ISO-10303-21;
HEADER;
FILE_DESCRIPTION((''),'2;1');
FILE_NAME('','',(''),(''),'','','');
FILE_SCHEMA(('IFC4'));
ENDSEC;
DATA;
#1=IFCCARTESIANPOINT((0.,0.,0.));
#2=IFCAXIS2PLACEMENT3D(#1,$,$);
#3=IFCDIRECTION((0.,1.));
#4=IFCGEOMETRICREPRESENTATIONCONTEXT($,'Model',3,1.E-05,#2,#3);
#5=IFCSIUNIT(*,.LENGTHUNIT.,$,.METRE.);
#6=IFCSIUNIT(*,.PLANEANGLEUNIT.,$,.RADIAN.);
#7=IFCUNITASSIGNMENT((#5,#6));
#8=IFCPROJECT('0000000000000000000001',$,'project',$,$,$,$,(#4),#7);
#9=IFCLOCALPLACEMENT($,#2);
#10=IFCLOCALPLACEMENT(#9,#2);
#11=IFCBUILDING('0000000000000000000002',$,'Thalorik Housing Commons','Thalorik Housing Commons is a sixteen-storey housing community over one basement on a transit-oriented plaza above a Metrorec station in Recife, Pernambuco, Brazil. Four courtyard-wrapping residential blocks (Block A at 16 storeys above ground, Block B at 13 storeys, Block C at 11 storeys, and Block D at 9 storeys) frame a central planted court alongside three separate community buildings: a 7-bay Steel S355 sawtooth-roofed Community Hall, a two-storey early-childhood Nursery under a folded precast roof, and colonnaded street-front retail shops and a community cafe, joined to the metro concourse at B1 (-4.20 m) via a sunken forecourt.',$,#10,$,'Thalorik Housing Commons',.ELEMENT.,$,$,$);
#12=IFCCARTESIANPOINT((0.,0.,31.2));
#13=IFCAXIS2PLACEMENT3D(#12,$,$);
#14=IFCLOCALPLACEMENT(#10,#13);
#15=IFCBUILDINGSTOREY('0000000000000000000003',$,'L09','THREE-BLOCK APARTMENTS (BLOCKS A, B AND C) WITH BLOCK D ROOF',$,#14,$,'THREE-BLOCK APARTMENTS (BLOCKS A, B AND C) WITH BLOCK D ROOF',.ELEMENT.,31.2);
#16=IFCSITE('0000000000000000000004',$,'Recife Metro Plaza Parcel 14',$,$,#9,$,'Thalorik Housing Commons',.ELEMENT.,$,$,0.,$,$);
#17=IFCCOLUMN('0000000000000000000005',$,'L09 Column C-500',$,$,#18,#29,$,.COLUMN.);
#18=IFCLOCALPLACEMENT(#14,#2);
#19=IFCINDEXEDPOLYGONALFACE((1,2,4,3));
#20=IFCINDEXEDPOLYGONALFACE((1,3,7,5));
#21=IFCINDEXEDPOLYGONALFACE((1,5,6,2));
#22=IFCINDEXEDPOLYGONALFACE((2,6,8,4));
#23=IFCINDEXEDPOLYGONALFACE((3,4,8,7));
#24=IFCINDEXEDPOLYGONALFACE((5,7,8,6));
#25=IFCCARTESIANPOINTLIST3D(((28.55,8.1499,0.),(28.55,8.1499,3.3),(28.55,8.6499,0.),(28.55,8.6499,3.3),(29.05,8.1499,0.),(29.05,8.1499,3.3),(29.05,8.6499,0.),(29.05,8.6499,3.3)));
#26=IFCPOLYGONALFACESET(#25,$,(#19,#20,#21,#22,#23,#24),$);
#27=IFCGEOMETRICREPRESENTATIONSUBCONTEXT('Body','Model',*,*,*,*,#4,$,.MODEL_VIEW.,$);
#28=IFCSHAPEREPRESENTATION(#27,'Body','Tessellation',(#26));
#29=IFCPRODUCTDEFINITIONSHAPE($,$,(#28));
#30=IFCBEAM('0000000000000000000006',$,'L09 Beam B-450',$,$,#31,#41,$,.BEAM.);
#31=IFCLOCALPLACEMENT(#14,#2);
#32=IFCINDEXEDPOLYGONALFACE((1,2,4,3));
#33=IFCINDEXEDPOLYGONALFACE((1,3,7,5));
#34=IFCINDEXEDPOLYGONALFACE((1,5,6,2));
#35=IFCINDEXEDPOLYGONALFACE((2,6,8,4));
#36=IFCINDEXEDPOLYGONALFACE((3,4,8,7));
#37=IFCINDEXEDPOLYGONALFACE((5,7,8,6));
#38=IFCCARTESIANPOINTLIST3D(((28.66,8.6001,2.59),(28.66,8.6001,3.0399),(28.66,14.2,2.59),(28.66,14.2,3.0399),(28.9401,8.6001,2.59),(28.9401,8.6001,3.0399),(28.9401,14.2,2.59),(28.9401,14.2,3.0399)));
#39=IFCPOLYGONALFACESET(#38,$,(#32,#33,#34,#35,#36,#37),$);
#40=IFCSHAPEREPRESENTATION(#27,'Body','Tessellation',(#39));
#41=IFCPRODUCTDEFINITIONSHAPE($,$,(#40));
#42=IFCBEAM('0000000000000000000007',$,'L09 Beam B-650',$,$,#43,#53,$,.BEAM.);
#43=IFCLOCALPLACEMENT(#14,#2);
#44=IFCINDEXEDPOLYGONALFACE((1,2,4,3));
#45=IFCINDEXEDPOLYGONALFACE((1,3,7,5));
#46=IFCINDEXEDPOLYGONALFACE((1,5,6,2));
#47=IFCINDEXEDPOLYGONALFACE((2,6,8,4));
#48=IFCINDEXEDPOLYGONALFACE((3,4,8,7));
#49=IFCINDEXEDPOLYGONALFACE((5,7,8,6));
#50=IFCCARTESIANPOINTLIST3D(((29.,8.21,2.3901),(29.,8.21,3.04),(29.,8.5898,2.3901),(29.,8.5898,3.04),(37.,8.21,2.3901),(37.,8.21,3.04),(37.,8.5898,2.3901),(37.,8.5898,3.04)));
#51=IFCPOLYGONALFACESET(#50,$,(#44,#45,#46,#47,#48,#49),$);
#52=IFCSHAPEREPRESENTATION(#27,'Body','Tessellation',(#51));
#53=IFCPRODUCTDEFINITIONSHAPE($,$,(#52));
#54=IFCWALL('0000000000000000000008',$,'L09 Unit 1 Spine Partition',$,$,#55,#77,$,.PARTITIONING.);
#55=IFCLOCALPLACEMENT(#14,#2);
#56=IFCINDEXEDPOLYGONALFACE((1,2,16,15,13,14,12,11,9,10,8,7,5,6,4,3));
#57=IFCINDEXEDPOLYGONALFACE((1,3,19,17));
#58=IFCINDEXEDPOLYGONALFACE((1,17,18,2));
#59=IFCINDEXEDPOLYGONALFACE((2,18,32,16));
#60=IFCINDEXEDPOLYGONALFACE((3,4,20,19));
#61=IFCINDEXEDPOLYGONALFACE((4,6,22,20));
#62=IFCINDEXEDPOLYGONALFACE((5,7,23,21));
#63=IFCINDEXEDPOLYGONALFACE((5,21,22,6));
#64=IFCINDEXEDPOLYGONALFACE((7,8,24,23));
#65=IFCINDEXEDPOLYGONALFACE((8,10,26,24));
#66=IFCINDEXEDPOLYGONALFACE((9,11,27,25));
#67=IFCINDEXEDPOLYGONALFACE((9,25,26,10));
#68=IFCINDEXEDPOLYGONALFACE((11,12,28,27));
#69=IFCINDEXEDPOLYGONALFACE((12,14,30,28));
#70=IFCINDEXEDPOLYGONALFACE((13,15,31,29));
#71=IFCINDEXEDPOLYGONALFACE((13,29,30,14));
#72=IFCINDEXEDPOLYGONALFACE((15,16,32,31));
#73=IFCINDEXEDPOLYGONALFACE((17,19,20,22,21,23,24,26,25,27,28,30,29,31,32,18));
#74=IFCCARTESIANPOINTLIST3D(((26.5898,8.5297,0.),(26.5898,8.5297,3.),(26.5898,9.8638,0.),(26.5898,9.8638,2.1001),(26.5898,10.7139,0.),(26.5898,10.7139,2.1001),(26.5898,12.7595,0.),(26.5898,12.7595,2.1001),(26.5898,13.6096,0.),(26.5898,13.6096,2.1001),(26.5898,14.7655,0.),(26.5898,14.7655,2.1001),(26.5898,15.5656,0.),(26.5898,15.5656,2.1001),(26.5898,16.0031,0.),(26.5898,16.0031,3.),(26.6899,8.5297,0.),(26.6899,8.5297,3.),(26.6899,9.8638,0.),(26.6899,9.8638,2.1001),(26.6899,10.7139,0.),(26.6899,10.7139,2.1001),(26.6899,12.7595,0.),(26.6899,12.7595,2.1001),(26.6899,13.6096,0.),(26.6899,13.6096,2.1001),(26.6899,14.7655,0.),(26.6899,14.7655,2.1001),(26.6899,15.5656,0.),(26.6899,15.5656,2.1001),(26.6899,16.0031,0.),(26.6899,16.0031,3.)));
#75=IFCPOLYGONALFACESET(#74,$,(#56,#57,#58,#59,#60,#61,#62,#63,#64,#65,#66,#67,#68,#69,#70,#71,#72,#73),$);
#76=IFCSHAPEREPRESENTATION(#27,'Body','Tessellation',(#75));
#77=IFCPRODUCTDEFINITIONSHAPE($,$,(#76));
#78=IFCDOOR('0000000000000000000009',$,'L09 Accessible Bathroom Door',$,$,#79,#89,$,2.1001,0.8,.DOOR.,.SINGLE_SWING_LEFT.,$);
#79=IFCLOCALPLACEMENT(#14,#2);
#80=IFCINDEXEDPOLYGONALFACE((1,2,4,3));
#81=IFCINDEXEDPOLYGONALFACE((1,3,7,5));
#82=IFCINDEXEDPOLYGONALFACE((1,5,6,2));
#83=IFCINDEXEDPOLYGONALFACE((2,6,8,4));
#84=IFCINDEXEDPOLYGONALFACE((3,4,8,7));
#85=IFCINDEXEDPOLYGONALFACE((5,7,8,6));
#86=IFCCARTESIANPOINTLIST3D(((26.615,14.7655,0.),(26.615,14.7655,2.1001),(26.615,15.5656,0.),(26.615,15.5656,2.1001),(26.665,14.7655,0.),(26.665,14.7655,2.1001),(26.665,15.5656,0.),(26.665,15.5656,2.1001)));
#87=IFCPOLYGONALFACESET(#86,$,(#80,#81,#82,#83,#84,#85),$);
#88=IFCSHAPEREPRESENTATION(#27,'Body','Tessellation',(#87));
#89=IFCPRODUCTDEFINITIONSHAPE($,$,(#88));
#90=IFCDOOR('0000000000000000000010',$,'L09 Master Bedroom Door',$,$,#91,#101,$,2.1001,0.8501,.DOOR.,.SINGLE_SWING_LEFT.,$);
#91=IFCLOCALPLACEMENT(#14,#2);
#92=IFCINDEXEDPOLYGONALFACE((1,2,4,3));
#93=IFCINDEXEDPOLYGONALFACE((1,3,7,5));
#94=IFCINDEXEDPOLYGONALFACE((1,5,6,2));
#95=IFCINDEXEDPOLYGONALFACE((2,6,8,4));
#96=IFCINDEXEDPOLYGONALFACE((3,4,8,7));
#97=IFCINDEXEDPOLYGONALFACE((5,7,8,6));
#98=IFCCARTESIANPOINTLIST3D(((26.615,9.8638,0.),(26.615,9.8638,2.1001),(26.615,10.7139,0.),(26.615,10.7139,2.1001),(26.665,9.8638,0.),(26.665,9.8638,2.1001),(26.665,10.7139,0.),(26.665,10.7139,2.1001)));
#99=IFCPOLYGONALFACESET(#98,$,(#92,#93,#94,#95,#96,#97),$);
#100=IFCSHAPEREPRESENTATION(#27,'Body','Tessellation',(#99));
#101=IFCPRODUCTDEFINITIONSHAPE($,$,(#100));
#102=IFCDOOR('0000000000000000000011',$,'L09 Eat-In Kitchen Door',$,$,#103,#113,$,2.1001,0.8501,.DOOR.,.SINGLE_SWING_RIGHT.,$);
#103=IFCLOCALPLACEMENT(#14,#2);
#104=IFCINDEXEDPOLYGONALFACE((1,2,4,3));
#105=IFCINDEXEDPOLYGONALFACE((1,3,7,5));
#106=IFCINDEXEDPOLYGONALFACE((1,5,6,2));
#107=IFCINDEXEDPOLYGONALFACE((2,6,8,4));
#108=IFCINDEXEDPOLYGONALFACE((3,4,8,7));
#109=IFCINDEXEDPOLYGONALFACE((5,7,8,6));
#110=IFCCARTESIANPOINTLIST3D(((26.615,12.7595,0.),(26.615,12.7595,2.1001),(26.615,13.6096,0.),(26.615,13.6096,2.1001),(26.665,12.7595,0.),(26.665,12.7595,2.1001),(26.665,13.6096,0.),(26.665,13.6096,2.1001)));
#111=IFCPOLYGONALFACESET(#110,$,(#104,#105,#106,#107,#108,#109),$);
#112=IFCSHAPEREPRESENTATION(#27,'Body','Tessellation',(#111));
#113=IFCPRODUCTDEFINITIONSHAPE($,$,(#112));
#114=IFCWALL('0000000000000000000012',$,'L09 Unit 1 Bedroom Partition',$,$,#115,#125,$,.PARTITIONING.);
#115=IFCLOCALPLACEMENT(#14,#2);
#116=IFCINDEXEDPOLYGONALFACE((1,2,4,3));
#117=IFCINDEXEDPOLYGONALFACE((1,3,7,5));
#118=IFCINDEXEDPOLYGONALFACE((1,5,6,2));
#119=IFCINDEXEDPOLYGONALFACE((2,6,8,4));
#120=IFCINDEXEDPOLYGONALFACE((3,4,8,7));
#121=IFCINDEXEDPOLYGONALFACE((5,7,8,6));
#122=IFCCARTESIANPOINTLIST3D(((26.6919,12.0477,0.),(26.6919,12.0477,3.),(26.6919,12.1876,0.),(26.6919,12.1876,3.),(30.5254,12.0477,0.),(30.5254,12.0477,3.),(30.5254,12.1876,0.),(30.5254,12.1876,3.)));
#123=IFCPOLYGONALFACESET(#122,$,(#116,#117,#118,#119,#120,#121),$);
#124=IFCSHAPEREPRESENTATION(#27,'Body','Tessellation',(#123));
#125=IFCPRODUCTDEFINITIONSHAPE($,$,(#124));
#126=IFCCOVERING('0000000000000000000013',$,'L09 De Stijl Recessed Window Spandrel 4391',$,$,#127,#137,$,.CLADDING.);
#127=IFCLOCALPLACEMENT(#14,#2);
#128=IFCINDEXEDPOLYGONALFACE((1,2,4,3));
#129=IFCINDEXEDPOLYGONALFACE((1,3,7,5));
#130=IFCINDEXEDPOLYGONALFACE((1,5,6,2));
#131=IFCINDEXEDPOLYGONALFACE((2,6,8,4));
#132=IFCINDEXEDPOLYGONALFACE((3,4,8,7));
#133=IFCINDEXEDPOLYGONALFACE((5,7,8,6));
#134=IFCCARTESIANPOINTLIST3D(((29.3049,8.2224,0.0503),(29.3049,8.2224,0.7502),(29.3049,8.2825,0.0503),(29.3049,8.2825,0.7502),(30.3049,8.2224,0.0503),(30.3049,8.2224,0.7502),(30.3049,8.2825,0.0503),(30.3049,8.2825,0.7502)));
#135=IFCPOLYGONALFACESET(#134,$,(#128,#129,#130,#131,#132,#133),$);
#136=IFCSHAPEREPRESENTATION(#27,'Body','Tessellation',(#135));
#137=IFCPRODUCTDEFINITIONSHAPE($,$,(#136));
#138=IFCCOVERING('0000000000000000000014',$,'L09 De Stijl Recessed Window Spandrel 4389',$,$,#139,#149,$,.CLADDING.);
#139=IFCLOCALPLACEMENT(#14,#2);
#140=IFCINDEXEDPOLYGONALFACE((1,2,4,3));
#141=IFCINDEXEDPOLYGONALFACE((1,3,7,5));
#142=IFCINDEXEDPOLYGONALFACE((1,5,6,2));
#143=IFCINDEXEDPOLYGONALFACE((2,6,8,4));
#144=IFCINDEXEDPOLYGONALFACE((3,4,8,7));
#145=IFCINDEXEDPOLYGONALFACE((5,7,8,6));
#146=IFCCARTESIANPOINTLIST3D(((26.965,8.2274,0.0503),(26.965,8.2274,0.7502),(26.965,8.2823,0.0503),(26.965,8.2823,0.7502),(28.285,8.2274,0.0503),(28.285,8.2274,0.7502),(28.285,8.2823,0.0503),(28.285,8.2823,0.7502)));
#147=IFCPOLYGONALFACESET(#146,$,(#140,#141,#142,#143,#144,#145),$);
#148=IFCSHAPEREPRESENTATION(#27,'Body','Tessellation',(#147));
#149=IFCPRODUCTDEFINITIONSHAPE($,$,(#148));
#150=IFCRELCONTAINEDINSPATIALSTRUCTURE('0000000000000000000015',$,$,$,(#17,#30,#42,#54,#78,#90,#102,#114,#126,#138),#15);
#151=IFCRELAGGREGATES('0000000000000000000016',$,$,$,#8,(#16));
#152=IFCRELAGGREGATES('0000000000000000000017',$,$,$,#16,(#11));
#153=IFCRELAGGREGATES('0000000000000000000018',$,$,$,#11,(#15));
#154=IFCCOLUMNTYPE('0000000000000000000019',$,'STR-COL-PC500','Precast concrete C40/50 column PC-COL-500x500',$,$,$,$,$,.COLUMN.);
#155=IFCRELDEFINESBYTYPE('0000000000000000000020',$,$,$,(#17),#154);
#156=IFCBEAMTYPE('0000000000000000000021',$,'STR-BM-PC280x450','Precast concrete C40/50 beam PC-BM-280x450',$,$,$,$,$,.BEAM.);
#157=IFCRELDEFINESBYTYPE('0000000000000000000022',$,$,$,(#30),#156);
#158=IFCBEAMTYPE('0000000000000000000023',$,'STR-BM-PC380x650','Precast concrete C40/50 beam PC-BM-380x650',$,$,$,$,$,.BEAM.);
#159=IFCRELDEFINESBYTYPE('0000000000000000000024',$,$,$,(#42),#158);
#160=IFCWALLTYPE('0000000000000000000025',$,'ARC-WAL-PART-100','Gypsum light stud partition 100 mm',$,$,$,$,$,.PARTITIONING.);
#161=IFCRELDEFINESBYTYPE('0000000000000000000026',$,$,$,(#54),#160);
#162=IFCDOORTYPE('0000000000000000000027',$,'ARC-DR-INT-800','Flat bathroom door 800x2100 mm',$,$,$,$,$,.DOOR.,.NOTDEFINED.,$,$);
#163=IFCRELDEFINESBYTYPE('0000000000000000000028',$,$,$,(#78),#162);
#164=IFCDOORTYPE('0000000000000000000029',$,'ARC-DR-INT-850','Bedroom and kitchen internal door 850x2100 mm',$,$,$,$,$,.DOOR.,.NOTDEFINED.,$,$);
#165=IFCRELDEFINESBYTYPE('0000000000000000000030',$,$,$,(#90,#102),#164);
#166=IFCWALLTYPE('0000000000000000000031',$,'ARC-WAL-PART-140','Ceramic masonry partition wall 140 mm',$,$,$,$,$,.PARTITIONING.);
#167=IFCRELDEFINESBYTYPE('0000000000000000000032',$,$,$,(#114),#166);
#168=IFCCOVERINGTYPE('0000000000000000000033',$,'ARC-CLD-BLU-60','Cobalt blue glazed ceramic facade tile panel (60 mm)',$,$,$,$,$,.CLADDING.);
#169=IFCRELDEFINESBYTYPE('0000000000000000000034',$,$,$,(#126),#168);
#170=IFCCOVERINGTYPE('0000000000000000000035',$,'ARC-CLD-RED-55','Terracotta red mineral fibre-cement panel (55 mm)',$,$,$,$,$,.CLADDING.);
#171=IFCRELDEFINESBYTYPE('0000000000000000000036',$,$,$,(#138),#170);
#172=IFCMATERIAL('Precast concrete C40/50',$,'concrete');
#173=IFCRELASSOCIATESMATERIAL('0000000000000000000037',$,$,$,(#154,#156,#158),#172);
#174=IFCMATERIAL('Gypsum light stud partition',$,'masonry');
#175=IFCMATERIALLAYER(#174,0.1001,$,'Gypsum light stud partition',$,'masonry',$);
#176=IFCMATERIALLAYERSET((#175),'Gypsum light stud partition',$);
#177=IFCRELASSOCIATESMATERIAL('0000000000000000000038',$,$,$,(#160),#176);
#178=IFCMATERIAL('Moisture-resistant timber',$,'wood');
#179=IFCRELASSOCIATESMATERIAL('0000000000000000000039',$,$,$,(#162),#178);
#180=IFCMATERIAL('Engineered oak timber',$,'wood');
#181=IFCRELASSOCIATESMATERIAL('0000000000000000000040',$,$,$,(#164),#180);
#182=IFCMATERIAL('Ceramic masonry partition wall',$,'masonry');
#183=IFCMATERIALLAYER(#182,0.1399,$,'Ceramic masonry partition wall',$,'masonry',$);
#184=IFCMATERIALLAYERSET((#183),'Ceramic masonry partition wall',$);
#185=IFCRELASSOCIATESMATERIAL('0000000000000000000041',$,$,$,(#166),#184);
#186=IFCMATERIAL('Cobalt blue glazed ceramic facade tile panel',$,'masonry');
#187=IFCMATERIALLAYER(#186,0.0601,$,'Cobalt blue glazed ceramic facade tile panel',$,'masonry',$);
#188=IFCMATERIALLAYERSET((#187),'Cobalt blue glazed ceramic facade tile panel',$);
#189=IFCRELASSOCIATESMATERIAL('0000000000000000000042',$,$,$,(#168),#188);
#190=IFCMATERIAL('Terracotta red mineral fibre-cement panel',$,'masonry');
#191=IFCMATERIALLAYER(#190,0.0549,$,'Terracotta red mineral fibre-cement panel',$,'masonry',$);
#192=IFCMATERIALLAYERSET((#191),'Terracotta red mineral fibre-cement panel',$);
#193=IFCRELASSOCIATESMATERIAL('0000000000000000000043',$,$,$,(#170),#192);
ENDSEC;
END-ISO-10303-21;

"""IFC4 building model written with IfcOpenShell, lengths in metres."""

from ifc_helpers import new_model, si_unit, direction, frame, frame_2d, origin, origin_2d, place, context, subcontext, project, spatial, rectangle, extrude, material, layer, layer_set, material_profile, profile_set, type_object, element, fill, save


model = new_model("IFC4")

# Units and contexts
model_context = context("Model", 3, precision=1e-05, world=origin(), true_north=direction((0.0, 1.0)))
body_context = subcontext(model_context, "Body", "Model", "MODEL_VIEW")
ifc_project = project(units=[si_unit("LENGTHUNIT", "METRE"), si_unit("PLANEANGLEUNIT", "RADIAN")], contexts=[model_context])

# Site, building, storey
site_placement = place(None, origin())
site = spatial("IfcSite", under=ifc_project, at=site_placement, Name="Recife Metro Plaza Parcel 14", LongName="Thalorik Housing Commons", CompositionType="ELEMENT", RefElevation=0.0)
building_placement = place(site_placement, origin())
building = spatial("IfcBuilding", under=site, at=building_placement, Name="Thalorik Housing Commons", Description="Thalorik Housing Commons is a sixteen-storey housing community over one basement on a transit-oriented plaza above a Metrorec station in Recife, Pernambuco, Brazil. Four courtyard-wrapping residential blocks (Block A at 16 storeys above ground, Block B at 13 storeys, Block C at 11 storeys, and Block D at 9 storeys) frame a central planted court alongside three separate community buildings: a 7-bay Steel S355 sawtooth-roofed Community Hall, a two-storey early-childhood Nursery under a folded precast roof, and colonnaded street-front retail shops and a community cafe, joined to the metro concourse at B1 (-4.20 m) via a sunken forecourt.", LongName="Thalorik Housing Commons", CompositionType="ELEMENT")
storey_placement = place(building_placement, frame((0.0, 0.0, 31.2)))
storey = spatial("IfcBuildingStorey", under=building, at=storey_placement, Name="L09", Description="THREE-BLOCK APARTMENTS (BLOCKS A, B AND C) WITH BLOCK D ROOF", LongName="THREE-BLOCK APARTMENTS (BLOCKS A, B AND C) WITH BLOCK D ROOF", CompositionType="ELEMENT", Elevation=31.2)

# Column
ifc_material_1 = material(Name="Precast concrete C40/50", Category="concrete")
ifc_material_profile_1 = material_profile(ifc_material_1, rectangle(XDim=0.5, YDim=0.5, at=origin_2d()), Name="PC 500x500", Category="concrete")
ifc_profile_set_1 = profile_set([ifc_material_profile_1], Name="Precast concrete C40/50")
column_type = type_object("IfcColumnType", Name="STR-COL-PC500", Description="Precast concrete C40/50 column PC-COL-500x500", PredefinedType="COLUMN", material=ifc_profile_set_1)
column_placement = place(storey_placement, frame((28.8, 8.3999, 0.0), z_axis=(0.0, 0.0, 1.0), x_axis=(1.0, 0.0, 0.0)))
element("IfcColumn", 1, at=column_placement, inside=storey, type_object=column_type, Name="L09 Column C-500", PredefinedType="COLUMN", context=body_context, shape_type="SweptSolid", body=[
    extrude(rectangle(XDim=0.5, YDim=0.5, at=origin_2d()), origin(), (0.0, 0.0, 1.0), 3.3),
])

# Beams
ifc_material_profile_2 = material_profile(ifc_material_1, rectangle(XDim=0.28, YDim=0.45, at=origin_2d()), Name="PC 280x450", Category="concrete")
ifc_profile_set_2 = profile_set([ifc_material_profile_2], Name="Precast concrete C40/50")
beam_type_1 = type_object("IfcBeamType", Name="STR-BM-PC280x450", Description="Precast concrete C40/50 beam PC-BM-280x450", PredefinedType="BEAM", material=ifc_profile_set_2)
beam_1_placement = place(storey_placement, frame((28.8, 8.6001, 2.8149), z_axis=(0.0, 1.0, 0.0), x_axis=(-1.0, 0.0, 0.0)))
element("IfcBeam", 2, at=beam_1_placement, inside=storey, type_object=beam_type_1, Name="L09 Beam B-450", PredefinedType="BEAM", context=body_context, shape_type="SweptSolid", body=[
    extrude(rectangle(XDim=0.28, YDim=0.45, at=origin_2d()), origin(), (0.0, 0.0, 1.0), 5.5999),
])
ifc_material_profile_3 = material_profile(ifc_material_1, rectangle(XDim=0.3799, YDim=0.6499, at=origin_2d()), Name="PC 380x650", Category="concrete")
ifc_profile_set_3 = profile_set([ifc_material_profile_3], Name="Precast concrete C40/50")
beam_type_2 = type_object("IfcBeamType", Name="STR-BM-PC380x650", Description="Precast concrete C40/50 beam PC-BM-380x650", PredefinedType="BEAM", material=ifc_profile_set_3)
beam_2_placement = place(storey_placement, frame((29.0, 8.3999, 2.7151), z_axis=(1.0, 0.0, 0.0), x_axis=(0.0, 1.0, 0.0)))
element("IfcBeam", 3, at=beam_2_placement, inside=storey, type_object=beam_type_2, Name="L09 Beam B-650", PredefinedType="BEAM", context=body_context, shape_type="SweptSolid", body=[
    extrude(rectangle(XDim=0.3799, YDim=0.6499, at=origin_2d()), origin(), (0.0, 0.0, 1.0), 8.0),
])

# Wall, openings, doors
ifc_material_2 = material(Name="Gypsum light stud partition", Category="masonry")
ifc_layer_1 = layer(ifc_material_2, 0.1001, Name="Gypsum light stud partition", Category="masonry")
ifc_layer_set_1 = layer_set([ifc_layer_1], Name="Gypsum light stud partition")
wall_type_1 = type_object("IfcWallType", Name="ARC-WAL-PART-100", Description="Gypsum light stud partition 100 mm", PredefinedType="PARTITIONING", material=ifc_layer_set_1)
wall_1_placement = place(storey_placement, frame((26.6399, 8.5295, 0.0), z_axis=(0.0, 0.0, 1.0), x_axis=(0.0, 1.0, 0.0)))
wall_1 = element("IfcWall", 4, at=wall_1_placement, inside=storey, type_object=wall_type_1, Name="L09 Unit 1 Spine Partition", PredefinedType="PARTITIONING", context=body_context, shape_type="SweptSolid", body=[
    extrude(rectangle(XDim=7.4734, YDim=0.1001, at=frame_2d((3.7368, 0.0))), origin(), (0.0, 0.0, 1.0), 3.0),
])
opening_1_placement = place(wall_1_placement, frame((1.3342, 0.0, 0.0)))
opening_1 = element("IfcOpeningElement", 5, at=opening_1_placement, cuts=wall_1, PredefinedType="OPENING", context=body_context, shape_type="SweptSolid", body=[
    extrude(rectangle(XDim=0.8501, YDim=2.1001, at=frame_2d((0.425, 1.05))), frame((0.0, 0.0601, 0.0), z_axis=(0.0, -1.0, 0.0), x_axis=(1.0, 0.0, 0.0)), (0.0, 0.0, 1.0), 0.1201),
])
opening_2_placement = place(wall_1_placement, frame((4.23, 0.0, 0.0)))
opening_2 = element("IfcOpeningElement", 6, at=opening_2_placement, cuts=wall_1, PredefinedType="OPENING", context=body_context, shape_type="SweptSolid", body=[
    extrude(rectangle(XDim=0.8501, YDim=2.1001, at=frame_2d((0.425, 1.05))), frame((0.0, 0.0601, 0.0), z_axis=(0.0, -1.0, 0.0), x_axis=(1.0, 0.0, 0.0)), (0.0, 0.0, 1.0), 0.1201),
])
opening_3_placement = place(wall_1_placement, frame((6.2361, 0.0, 0.0)))
opening_3 = element("IfcOpeningElement", 7, at=opening_3_placement, cuts=wall_1, PredefinedType="OPENING", context=body_context, shape_type="SweptSolid", body=[
    extrude(rectangle(XDim=0.8, YDim=2.1001, at=frame_2d((0.3999, 1.05))), frame((0.0, 0.0601, 0.0), z_axis=(0.0, -1.0, 0.0), x_axis=(1.0, 0.0, 0.0)), (0.0, 0.0, 1.0), 0.1201),
])
ifc_material_3 = material(Name="Moisture-resistant timber", Category="wood")
door_type_1 = type_object("IfcDoorType", Name="ARC-DR-INT-800", Description="Flat bathroom door 800x2100 mm", OperationType="NOTDEFINED", PredefinedType="DOOR", material=ifc_material_3)
door_1_placement = place(opening_3_placement, origin())
door_1 = element("IfcDoor", 8, at=door_1_placement, inside=storey, type_object=door_type_1, Name="L09 Accessible Bathroom Door", OperationType="SINGLE_SWING_LEFT", OverallHeight=2.1001, OverallWidth=0.8, PredefinedType="DOOR", context=body_context, shape_type="SweptSolid", body=[
    extrude(rectangle(XDim=0.8, YDim=2.1001, at=frame_2d((0.3999, 1.05))), frame((0.0, 0.0249, 0.0), z_axis=(0.0, -1.0, 0.0), x_axis=(1.0, 0.0, 0.0)), (0.0, 0.0, 1.0), 0.05),
])
fill(opening_3, door_1)
ifc_material_4 = material(Name="Engineered oak timber", Category="wood")
door_type_2 = type_object("IfcDoorType", Name="ARC-DR-INT-850", Description="Bedroom and kitchen internal door 850x2100 mm", OperationType="NOTDEFINED", PredefinedType="DOOR", material=ifc_material_4)
door_2_placement = place(opening_1_placement, origin())
door_2 = element("IfcDoor", 9, at=door_2_placement, inside=storey, type_object=door_type_2, Name="L09 Master Bedroom Door", OperationType="SINGLE_SWING_LEFT", OverallHeight=2.1001, OverallWidth=0.8501, PredefinedType="DOOR", context=body_context, shape_type="SweptSolid", body=[
    extrude(rectangle(XDim=0.8501, YDim=2.1001, at=frame_2d((0.425, 1.05))), frame((0.0, 0.0249, 0.0), z_axis=(0.0, -1.0, 0.0), x_axis=(1.0, 0.0, 0.0)), (0.0, 0.0, 1.0), 0.05),
])
fill(opening_1, door_2)
door_3_placement = place(opening_2_placement, origin())
door_3 = element("IfcDoor", 10, at=door_3_placement, inside=storey, type_object=door_type_2, Name="L09 Eat-In Kitchen Door", OperationType="SINGLE_SWING_RIGHT", OverallHeight=2.1001, OverallWidth=0.8501, PredefinedType="DOOR", context=body_context, shape_type="SweptSolid", body=[
    extrude(rectangle(XDim=0.8501, YDim=2.1001, at=frame_2d((0.425, 1.05))), frame((0.0, 0.0249, 0.0), z_axis=(0.0, -1.0, 0.0), x_axis=(1.0, 0.0, 0.0)), (0.0, 0.0, 1.0), 0.05),
])
fill(opening_2, door_3)

# Wall
ifc_material_5 = material(Name="Ceramic masonry partition wall", Category="masonry")
ifc_layer_2 = layer(ifc_material_5, 0.1399, Name="Ceramic masonry partition wall", Category="masonry")
ifc_layer_set_2 = layer_set([ifc_layer_2], Name="Ceramic masonry partition wall")
wall_type_2 = type_object("IfcWallType", Name="ARC-WAL-PART-140", Description="Ceramic masonry partition wall 140 mm", PredefinedType="PARTITIONING", material=ifc_layer_set_2)
wall_2_placement = place(storey_placement, frame((26.6919, 12.1177, 0.0), z_axis=(0.0, 0.0, 1.0), x_axis=(1.0, 0.0, 0.0)))
element("IfcWall", 11, at=wall_2_placement, inside=storey, type_object=wall_type_2, Name="L09 Unit 1 Bedroom Partition", PredefinedType="PARTITIONING", context=body_context, shape_type="SweptSolid", body=[
    extrude(rectangle(XDim=3.8335, YDim=0.1399, at=frame_2d((1.9167, 0.0))), origin(), (0.0, 0.0, 1.0), 3.0),
])

# Coverings
ifc_material_6 = material(Name="Cobalt blue glazed ceramic facade tile panel", Category="masonry")
ifc_layer_3 = layer(ifc_material_6, 0.0601, Name="Cobalt blue glazed ceramic facade tile panel", Category="masonry")
ifc_layer_set_3 = layer_set([ifc_layer_3], Name="Cobalt blue glazed ceramic facade tile panel")
covering_type_1 = type_object("IfcCoveringType", Name="ARC-CLD-BLU-60", Description="Cobalt blue glazed ceramic facade tile panel (60 mm)", PredefinedType="CLADDING", material=ifc_layer_set_3)
covering_1_placement = place(storey_placement, frame((29.8049, 8.2524, 0.0503), z_axis=(0.0, 0.0, 1.0), x_axis=(1.0, 0.0, 0.0)))
element("IfcCovering", 12, at=covering_1_placement, inside=storey, type_object=covering_type_1, Name="L09 De Stijl Recessed Window Spandrel 4391", PredefinedType="CLADDING", context=body_context, shape_type="SweptSolid", body=[
    extrude(rectangle(XDim=1.0, YDim=0.0601, at=origin_2d()), origin(), (0.0, 0.0, 1.0), 0.7),
])
ifc_material_7 = material(Name="Terracotta red mineral fibre-cement panel", Category="masonry")
ifc_layer_4 = layer(ifc_material_7, 0.0549, Name="Terracotta red mineral fibre-cement panel", Category="masonry")
ifc_layer_set_4 = layer_set([ifc_layer_4], Name="Terracotta red mineral fibre-cement panel")
covering_type_2 = type_object("IfcCoveringType", Name="ARC-CLD-RED-55", Description="Terracotta red mineral fibre-cement panel (55 mm)", PredefinedType="CLADDING", material=ifc_layer_set_4)
covering_2_placement = place(storey_placement, frame((27.625, 8.2549, 0.0503), z_axis=(0.0, 0.0, 1.0), x_axis=(1.0, 0.0, 0.0)))
element("IfcCovering", 13, at=covering_2_placement, inside=storey, type_object=covering_type_2, Name="L09 De Stijl Recessed Window Spandrel 4389", PredefinedType="CLADDING", context=body_context, shape_type="SweptSolid", body=[
    extrude(rectangle(XDim=1.3201, YDim=0.0549, at=origin_2d()), origin(), (0.0, 0.0, 1.0), 0.7),
])

save(model, "model.ifc")
